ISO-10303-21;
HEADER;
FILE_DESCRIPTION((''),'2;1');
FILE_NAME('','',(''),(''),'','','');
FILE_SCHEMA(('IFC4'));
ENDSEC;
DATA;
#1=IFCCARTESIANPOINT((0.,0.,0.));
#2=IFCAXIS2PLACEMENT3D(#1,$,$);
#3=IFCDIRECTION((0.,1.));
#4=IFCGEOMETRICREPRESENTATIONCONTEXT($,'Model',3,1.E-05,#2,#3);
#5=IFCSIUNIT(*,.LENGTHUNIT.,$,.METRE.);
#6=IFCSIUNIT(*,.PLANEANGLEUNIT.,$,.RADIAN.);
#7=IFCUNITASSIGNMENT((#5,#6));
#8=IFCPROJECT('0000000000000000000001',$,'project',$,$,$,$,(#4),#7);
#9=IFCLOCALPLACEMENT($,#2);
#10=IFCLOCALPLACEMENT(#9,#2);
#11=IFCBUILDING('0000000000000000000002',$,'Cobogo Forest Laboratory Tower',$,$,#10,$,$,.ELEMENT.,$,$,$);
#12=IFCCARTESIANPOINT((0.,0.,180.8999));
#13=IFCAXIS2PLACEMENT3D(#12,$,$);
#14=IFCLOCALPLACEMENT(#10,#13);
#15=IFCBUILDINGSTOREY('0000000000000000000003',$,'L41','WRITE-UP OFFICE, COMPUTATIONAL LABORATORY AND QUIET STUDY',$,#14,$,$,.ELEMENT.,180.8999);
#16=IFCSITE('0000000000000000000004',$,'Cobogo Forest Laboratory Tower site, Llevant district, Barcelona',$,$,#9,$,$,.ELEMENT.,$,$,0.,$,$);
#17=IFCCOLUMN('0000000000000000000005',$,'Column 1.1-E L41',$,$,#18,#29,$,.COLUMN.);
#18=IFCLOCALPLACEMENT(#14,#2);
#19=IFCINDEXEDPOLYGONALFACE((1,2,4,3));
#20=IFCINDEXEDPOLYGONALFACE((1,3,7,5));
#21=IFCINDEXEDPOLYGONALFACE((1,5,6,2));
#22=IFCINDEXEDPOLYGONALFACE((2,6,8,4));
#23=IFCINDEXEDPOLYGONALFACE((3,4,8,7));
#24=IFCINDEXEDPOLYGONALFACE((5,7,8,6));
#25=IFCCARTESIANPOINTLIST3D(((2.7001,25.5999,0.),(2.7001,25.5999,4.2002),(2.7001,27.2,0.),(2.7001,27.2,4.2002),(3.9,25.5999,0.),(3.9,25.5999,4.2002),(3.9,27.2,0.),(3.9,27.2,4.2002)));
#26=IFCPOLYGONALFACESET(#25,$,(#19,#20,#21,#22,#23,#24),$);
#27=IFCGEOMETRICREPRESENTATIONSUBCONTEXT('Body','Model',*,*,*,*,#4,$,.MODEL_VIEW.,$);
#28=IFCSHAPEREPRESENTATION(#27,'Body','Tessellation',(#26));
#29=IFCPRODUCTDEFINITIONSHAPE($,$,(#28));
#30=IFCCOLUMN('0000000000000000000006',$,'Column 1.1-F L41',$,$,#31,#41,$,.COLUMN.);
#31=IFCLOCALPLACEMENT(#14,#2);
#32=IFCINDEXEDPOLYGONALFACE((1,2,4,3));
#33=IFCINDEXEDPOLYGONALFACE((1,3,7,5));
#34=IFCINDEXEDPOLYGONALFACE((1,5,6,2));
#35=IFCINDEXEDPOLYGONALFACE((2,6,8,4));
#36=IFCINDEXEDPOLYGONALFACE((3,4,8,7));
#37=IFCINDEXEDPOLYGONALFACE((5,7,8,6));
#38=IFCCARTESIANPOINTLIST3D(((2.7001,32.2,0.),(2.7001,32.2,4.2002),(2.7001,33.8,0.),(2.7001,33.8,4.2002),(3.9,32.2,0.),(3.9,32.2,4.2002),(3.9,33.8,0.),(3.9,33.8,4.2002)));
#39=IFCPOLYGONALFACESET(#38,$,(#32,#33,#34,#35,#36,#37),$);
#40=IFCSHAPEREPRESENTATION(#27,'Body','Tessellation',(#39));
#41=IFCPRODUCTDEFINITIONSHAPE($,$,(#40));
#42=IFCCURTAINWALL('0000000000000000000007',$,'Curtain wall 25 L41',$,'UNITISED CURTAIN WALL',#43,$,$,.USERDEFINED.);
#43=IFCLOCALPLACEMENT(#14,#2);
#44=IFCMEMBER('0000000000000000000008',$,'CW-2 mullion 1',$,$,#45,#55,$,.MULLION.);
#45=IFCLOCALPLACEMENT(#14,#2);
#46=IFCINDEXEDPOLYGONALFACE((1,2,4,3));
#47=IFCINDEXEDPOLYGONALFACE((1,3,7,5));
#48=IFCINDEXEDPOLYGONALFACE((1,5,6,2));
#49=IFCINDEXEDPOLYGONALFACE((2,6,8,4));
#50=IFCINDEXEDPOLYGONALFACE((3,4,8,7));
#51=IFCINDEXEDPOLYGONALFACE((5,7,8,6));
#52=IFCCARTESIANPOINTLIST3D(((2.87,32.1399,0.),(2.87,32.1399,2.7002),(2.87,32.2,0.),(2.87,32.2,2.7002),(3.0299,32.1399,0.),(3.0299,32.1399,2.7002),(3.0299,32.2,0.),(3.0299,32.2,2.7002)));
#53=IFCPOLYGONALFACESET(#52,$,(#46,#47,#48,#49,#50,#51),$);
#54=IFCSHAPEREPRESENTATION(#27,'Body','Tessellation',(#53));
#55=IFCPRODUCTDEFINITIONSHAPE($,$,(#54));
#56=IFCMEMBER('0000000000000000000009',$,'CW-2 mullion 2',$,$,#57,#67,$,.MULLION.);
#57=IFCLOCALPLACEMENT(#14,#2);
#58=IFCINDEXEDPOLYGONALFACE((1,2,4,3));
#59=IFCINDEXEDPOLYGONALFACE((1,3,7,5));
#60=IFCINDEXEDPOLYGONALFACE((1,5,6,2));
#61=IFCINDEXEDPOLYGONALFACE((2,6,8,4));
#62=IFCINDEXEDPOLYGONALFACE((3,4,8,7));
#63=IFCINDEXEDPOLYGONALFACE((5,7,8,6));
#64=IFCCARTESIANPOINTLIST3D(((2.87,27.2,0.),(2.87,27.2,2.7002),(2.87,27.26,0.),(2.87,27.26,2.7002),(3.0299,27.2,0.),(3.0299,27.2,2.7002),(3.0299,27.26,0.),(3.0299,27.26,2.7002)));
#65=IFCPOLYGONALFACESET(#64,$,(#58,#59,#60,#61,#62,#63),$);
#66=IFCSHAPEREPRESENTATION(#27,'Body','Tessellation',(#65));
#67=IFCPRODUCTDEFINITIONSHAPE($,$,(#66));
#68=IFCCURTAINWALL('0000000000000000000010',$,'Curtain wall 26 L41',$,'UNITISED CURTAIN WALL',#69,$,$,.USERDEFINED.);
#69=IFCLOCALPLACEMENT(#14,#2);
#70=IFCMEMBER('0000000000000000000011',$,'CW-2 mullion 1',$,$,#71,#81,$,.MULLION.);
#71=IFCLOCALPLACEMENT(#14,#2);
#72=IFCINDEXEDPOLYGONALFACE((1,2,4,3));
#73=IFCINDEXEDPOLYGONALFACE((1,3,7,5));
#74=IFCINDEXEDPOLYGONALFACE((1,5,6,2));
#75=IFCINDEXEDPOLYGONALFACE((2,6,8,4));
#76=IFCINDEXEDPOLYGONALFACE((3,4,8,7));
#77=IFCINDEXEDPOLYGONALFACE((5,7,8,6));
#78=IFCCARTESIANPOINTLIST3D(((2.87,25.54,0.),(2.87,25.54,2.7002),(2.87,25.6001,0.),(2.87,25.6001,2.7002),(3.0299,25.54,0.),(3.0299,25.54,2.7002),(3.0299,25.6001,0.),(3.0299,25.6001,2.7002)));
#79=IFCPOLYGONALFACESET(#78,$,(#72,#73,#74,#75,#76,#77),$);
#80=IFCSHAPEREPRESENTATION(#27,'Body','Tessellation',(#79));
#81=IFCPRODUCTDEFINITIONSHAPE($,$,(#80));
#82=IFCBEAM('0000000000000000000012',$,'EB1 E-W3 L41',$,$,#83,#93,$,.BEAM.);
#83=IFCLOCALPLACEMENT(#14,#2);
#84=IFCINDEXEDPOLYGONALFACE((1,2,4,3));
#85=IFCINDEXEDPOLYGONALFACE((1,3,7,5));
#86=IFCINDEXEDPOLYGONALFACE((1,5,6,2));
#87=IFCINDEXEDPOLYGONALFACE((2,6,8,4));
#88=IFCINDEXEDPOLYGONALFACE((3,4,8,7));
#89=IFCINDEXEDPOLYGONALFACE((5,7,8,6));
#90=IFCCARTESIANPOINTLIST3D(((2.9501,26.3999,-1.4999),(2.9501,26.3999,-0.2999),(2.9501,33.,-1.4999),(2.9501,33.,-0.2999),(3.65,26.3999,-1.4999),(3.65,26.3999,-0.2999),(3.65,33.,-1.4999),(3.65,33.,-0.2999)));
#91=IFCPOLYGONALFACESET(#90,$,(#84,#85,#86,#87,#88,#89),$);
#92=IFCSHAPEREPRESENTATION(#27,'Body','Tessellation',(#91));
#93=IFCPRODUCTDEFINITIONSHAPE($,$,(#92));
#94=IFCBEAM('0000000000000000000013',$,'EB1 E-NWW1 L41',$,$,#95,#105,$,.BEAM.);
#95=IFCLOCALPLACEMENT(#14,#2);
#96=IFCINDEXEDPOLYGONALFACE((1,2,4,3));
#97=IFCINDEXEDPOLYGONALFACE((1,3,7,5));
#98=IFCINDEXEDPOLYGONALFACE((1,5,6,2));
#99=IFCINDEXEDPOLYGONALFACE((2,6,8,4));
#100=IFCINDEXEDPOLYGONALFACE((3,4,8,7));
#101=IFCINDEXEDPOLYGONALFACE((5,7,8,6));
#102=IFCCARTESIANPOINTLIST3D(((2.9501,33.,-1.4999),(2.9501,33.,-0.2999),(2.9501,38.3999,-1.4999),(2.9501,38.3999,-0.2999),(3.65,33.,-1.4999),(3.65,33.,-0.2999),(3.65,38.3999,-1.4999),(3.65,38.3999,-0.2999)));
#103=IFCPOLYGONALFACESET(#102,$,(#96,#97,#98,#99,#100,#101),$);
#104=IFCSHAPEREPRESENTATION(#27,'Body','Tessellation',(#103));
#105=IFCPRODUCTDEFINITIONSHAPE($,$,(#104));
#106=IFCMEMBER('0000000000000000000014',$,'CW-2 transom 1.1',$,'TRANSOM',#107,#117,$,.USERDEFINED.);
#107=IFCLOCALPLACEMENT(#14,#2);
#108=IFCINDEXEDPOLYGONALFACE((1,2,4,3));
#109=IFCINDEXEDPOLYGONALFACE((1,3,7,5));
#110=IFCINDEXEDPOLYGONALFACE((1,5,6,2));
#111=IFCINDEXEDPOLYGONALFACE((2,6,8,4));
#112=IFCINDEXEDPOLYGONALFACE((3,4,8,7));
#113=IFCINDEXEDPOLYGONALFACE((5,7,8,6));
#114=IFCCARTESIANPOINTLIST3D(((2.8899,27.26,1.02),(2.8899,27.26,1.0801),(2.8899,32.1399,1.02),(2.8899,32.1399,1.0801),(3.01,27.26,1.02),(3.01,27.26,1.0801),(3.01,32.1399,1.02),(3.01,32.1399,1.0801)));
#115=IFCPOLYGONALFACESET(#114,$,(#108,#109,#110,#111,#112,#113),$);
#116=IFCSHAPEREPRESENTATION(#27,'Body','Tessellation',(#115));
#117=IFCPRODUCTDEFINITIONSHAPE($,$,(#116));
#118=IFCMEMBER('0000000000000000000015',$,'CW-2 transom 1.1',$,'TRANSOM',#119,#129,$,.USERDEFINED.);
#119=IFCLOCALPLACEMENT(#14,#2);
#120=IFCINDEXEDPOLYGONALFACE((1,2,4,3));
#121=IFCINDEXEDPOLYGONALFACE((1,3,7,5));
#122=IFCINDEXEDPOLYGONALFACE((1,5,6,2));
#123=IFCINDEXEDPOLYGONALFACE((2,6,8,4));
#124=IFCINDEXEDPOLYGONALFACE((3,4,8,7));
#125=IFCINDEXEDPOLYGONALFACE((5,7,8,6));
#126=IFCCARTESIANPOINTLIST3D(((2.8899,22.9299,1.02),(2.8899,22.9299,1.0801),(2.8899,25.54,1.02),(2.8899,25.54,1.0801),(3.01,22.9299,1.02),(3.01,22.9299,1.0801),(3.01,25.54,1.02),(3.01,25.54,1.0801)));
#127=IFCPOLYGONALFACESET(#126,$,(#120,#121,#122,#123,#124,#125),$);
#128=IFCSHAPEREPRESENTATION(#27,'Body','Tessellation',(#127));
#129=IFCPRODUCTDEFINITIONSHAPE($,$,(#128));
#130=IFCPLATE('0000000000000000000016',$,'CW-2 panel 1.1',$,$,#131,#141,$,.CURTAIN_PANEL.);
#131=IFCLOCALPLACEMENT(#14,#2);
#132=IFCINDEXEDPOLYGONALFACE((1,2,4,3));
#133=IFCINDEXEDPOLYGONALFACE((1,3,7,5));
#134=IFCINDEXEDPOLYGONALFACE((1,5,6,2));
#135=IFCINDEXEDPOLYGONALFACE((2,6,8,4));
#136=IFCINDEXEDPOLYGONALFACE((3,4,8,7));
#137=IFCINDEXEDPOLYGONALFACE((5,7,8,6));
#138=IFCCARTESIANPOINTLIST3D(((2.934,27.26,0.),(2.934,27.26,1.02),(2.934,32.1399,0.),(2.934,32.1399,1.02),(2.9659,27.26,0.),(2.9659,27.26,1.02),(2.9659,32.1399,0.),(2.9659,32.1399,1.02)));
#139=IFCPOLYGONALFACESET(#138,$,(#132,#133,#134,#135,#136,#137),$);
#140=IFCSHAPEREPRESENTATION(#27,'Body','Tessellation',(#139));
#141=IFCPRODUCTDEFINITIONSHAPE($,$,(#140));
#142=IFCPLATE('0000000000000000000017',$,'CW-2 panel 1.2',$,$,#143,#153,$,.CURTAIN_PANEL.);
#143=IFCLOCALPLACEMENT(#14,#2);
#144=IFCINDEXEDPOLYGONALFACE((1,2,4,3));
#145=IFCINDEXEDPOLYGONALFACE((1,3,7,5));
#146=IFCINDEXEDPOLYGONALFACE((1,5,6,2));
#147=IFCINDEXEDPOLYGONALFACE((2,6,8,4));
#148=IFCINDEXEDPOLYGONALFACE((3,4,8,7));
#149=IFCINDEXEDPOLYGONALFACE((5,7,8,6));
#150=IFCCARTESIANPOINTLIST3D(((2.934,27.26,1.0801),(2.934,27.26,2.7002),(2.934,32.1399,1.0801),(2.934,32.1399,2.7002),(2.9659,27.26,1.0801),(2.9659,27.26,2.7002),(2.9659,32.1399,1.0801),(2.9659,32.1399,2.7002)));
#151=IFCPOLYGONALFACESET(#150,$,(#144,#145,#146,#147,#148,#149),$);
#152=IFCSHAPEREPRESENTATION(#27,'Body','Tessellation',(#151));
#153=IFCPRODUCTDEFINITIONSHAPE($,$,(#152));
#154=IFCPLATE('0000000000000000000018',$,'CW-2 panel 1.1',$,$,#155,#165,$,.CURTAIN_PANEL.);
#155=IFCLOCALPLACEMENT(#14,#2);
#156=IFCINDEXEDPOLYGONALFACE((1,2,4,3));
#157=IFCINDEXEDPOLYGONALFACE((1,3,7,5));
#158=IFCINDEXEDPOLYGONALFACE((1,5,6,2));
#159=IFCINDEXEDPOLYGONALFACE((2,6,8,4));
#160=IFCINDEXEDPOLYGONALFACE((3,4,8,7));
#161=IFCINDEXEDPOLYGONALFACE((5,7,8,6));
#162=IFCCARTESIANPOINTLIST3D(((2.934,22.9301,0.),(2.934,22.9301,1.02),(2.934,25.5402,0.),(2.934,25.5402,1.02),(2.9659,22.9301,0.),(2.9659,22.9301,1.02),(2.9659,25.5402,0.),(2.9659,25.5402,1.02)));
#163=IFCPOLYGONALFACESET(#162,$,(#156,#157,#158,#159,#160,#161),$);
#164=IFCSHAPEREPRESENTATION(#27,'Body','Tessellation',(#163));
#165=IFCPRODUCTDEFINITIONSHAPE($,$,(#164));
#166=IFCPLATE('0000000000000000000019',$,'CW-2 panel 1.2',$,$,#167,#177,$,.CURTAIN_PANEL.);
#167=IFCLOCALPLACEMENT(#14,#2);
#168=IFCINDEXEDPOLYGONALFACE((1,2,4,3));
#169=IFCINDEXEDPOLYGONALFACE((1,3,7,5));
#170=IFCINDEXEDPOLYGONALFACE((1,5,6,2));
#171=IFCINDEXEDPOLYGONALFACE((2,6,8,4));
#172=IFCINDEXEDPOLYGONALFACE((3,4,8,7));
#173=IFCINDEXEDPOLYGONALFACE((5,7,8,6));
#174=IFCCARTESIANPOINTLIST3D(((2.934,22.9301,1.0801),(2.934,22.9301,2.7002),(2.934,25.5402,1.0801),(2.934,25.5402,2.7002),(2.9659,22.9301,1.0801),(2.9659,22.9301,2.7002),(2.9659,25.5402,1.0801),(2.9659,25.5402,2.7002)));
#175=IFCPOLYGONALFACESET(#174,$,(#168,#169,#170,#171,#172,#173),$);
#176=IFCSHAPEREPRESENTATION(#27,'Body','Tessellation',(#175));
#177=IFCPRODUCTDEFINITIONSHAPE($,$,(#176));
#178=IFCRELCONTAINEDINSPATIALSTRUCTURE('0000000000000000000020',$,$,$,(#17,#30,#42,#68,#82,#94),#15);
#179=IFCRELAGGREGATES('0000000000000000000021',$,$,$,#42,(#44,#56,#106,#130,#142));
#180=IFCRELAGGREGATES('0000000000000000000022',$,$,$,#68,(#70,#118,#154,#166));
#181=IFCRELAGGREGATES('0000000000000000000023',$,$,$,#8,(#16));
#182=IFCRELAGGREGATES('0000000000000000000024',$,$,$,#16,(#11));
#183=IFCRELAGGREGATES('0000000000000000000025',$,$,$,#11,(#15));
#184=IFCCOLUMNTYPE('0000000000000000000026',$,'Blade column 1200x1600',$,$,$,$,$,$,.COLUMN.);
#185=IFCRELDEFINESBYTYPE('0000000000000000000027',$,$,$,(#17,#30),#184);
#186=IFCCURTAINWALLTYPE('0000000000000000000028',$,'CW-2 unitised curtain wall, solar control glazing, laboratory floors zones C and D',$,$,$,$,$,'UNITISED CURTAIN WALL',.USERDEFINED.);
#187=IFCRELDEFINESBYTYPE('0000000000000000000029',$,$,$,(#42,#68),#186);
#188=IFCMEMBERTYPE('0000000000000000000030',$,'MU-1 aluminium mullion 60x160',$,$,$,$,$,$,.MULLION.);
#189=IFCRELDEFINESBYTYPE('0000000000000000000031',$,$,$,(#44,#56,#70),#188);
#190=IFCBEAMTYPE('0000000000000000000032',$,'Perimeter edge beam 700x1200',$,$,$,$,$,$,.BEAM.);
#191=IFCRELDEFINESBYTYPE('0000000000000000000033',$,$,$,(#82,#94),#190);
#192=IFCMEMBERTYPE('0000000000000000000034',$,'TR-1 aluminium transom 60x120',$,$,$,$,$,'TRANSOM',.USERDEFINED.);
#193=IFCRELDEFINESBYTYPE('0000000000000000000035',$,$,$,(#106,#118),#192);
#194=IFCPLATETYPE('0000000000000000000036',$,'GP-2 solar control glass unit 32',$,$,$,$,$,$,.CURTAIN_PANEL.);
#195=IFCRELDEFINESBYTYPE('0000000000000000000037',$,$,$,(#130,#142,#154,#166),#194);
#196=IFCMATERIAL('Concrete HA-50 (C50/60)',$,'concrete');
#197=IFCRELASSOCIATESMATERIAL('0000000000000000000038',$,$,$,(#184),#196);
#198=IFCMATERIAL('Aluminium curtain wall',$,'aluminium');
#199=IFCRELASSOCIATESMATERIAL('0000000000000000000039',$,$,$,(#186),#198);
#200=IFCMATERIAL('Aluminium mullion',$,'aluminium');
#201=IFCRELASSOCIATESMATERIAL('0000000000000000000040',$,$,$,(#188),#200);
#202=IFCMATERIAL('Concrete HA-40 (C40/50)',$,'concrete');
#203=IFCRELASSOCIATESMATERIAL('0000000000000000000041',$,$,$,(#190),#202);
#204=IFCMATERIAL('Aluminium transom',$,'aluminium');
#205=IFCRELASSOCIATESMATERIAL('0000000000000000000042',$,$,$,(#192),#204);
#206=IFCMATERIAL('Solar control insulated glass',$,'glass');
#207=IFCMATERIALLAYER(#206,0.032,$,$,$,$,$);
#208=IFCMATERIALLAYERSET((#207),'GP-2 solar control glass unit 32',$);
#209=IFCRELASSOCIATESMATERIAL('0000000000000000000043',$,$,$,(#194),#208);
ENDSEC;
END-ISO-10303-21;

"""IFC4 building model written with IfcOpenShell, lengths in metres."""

from ifc_helpers import new_model, si_unit, direction, frame, origin, origin_2d, place, context, subcontext, project, spatial, rectangle, extrude, material, layer, layer_set, material_profile, profile_set, type_object, element, aggregate, save


model = new_model("IFC4")

# Units and contexts
model_context = context("Model", 3, precision=1e-05, world=origin(), true_north=direction((0.0, 1.0)))
body_context = subcontext(model_context, "Body", "Model", "MODEL_VIEW")
ifc_project = project(units=[si_unit("LENGTHUNIT", "METRE"), si_unit("PLANEANGLEUNIT", "RADIAN")], contexts=[model_context])

# Site, building, storey
site_placement = place(None, origin())
site = spatial("IfcSite", under=ifc_project, at=site_placement, Name="Cobogo Forest Laboratory Tower site, Llevant district, Barcelona", CompositionType="ELEMENT", RefElevation=0.0)
building_placement = place(site_placement, origin())
building = spatial("IfcBuilding", under=site, at=building_placement, Name="Cobogo Forest Laboratory Tower", CompositionType="ELEMENT")
storey_placement = place(building_placement, frame((0.0, 0.0, 180.8999)))
storey = spatial("IfcBuildingStorey", under=building, at=storey_placement, Name="L41", Description="WRITE-UP OFFICE, COMPUTATIONAL LABORATORY AND QUIET STUDY", CompositionType="ELEMENT", Elevation=180.8999)

# Columns
ifc_material_1 = material(Name="Concrete HA-50 (C50/60)", Category="concrete")
ifc_material_profile_1 = material_profile(ifc_material_1, rectangle(XDim=1.6001, YDim=1.2, at=origin_2d()), Name="RC 1200x1600")
ifc_profile_set_1 = profile_set([ifc_material_profile_1], Name="Concrete HA-50 (C50/60)")
column_type = type_object("IfcColumnType", Name="Blade column 1200x1600", PredefinedType="COLUMN", material=ifc_profile_set_1)
for number, where, z_axis, x_axis, name in (
    (1, (3.3, 26.3999, 0.0), (0.0, 0.0, 1.0), (0.0, 1.0, 0.0), "Column 1.1-E L41"),
    (2, (3.3, 33.0, 0.0), (0.0, 0.0, 1.0), (0.0, 1.0, 0.0), "Column 1.1-F L41"),
):
    element("IfcColumn", number, at=place(storey_placement, frame(where, z_axis=z_axis, x_axis=x_axis)), inside=storey, type_object=column_type, Name=name, PredefinedType="COLUMN", context=body_context, shape_type="SweptSolid", body=[
        extrude(rectangle(XDim=1.6001, YDim=1.2, at=origin_2d()), origin(), (0.0, 0.0, 1.0), 4.2002),
    ])

# Curtain wall, members
ifc_material_2 = material(Name="Aluminium curtain wall", Category="aluminium")
curtain_wall_type = type_object("IfcCurtainWallType", Name="CW-2 unitised curtain wall, solar control glazing, laboratory floors zones C and D", ElementType="UNITISED CURTAIN WALL", PredefinedType="USERDEFINED", material=ifc_material_2)
curtain_wall_1_placement = place(storey_placement, origin())
curtain_wall_1 = element("IfcCurtainWall", 3, at=curtain_wall_1_placement, inside=storey, type_object=curtain_wall_type, Name="Curtain wall 25 L41", ObjectType="UNITISED CURTAIN WALL", PredefinedType="USERDEFINED")
ifc_material_3 = material(Name="Aluminium mullion", Category="aluminium")
ifc_material_profile_2 = material_profile(ifc_material_3, rectangle(XDim=0.0601, YDim=0.1599, at=origin_2d()), Name="AL 60x160")
ifc_profile_set_2 = profile_set([ifc_material_profile_2], Name="Aluminium mullion")
member_type_1 = type_object("IfcMemberType", Name="MU-1 aluminium mullion 60x160", PredefinedType="MULLION", material=ifc_profile_set_2)
member_1_placement = place(storey_placement, frame((2.95, 32.1699, 0.0), z_axis=(0.0, 0.0, 1.0), x_axis=(0.0, -1.0, 0.0)))
member_1 = element("IfcMember", 4, at=member_1_placement, type_object=member_type_1, Name="CW-2 mullion 1", PredefinedType="MULLION", context=body_context, shape_type="SweptSolid", body=[
    extrude(rectangle(XDim=0.0601, YDim=0.1599, at=origin_2d()), origin(), (0.0, 0.0, 1.0), 2.7002),
])
member_2_placement = place(storey_placement, frame((2.95, 27.23, 0.0), z_axis=(0.0, 0.0, 1.0), x_axis=(0.0, -1.0, 0.0)))
member_2 = element("IfcMember", 5, at=member_2_placement, type_object=member_type_1, Name="CW-2 mullion 2", PredefinedType="MULLION", context=body_context, shape_type="SweptSolid", body=[
    extrude(rectangle(XDim=0.0601, YDim=0.1599, at=origin_2d()), origin(), (0.0, 0.0, 1.0), 2.7002),
])

# Curtain wall, member
curtain_wall_2_placement = place(storey_placement, origin())
curtain_wall_2 = element("IfcCurtainWall", 6, at=curtain_wall_2_placement, inside=storey, type_object=curtain_wall_type, Name="Curtain wall 26 L41", ObjectType="UNITISED CURTAIN WALL", PredefinedType="USERDEFINED")
member_3_placement = place(storey_placement, frame((2.95, 25.5701, 0.0), z_axis=(0.0, 0.0, 1.0), x_axis=(0.0, -1.0, 0.0)))
member_3 = element("IfcMember", 7, at=member_3_placement, type_object=member_type_1, Name="CW-2 mullion 1", PredefinedType="MULLION", context=body_context, shape_type="SweptSolid", body=[
    extrude(rectangle(XDim=0.0601, YDim=0.1599, at=origin_2d()), origin(), (0.0, 0.0, 1.0), 2.7002),
])

# Beams
ifc_material_4 = material(Name="Concrete HA-40 (C40/50)", Category="concrete")
ifc_material_profile_3 = material_profile(ifc_material_4, rectangle(XDim=0.7, YDim=1.2, at=origin_2d()), Name="RC 700x1200")
ifc_profile_set_3 = profile_set([ifc_material_profile_3], Name="Concrete HA-40 (C40/50)")
beam_type = type_object("IfcBeamType", Name="Perimeter edge beam 700x1200", PredefinedType="BEAM", material=ifc_profile_set_3)
beam_1_placement = place(storey_placement, frame((3.3, 26.3999, -0.8999), z_axis=(0.0, 1.0, 0.0), x_axis=(-1.0, 0.0, 0.0)))
element("IfcBeam", 8, at=beam_1_placement, inside=storey, type_object=beam_type, Name="EB1 E-W3 L41", PredefinedType="BEAM", context=body_context, shape_type="SweptSolid", body=[
    extrude(rectangle(XDim=0.7, YDim=1.2, at=origin_2d()), origin(), (0.0, 0.0, 1.0), 6.6001),
])
beam_2_placement = place(storey_placement, frame((3.3, 33.0, -0.8999), z_axis=(0.0, 1.0, 0.0), x_axis=(-1.0, 0.0, 0.0)))
element("IfcBeam", 9, at=beam_2_placement, inside=storey, type_object=beam_type, Name="EB1 E-NWW1 L41", PredefinedType="BEAM", context=body_context, shape_type="SweptSolid", body=[
    extrude(rectangle(XDim=0.7, YDim=1.2, at=origin_2d()), origin(), (0.0, 0.0, 1.0), 5.3999),
])

# Members
ifc_material_5 = material(Name="Aluminium transom", Category="aluminium")
ifc_material_profile_4 = material_profile(ifc_material_5, rectangle(XDim=0.1201, YDim=0.0601, at=origin_2d()), Name="AL 60x120")
ifc_profile_set_4 = profile_set([ifc_material_profile_4], Name="Aluminium transom")
member_type_2 = type_object("IfcMemberType", Name="TR-1 aluminium transom 60x120", ElementType="TRANSOM", PredefinedType="USERDEFINED", material=ifc_profile_set_4)
member_4_placement = place(storey_placement, frame((2.95, 32.1399, 1.05), z_axis=(0.0, -1.0, 0.0), x_axis=(1.0, 0.0, 0.0)))
member_4 = element("IfcMember", 10, at=member_4_placement, type_object=member_type_2, Name="CW-2 transom 1.1", ObjectType="TRANSOM", PredefinedType="USERDEFINED", context=body_context, shape_type="SweptSolid", body=[
    extrude(rectangle(XDim=0.1201, YDim=0.0601, at=origin_2d()), origin(), (0.0, 0.0, 1.0), 4.8799),
])
member_5_placement = place(storey_placement, frame((2.95, 25.54, 1.05), z_axis=(0.0, -1.0, 0.0), x_axis=(1.0, 0.0, 0.0)))
member_5 = element("IfcMember", 11, at=member_5_placement, type_object=member_type_2, Name="CW-2 transom 1.1", ObjectType="TRANSOM", PredefinedType="USERDEFINED", context=body_context, shape_type="SweptSolid", body=[
    extrude(rectangle(XDim=0.1201, YDim=0.0601, at=origin_2d()), origin(), (0.0, 0.0, 1.0), 2.6101),
])

# Plates
ifc_material_6 = material(Name="Solar control insulated glass", Category="glass")
ifc_layer = layer(ifc_material_6, 0.032)
ifc_layer_set = layer_set([ifc_layer], Name="GP-2 solar control glass unit 32")
plate_type_1 = type_object("IfcPlateType", Name="GP-2 solar control glass unit 32", PredefinedType="CURTAIN_PANEL", material=ifc_layer_set)
plate_1_placement = place(storey_placement, frame((2.95, 29.7, 0.0), z_axis=(0.0, 0.0, 1.0), x_axis=(0.0, -1.0, 0.0)))
plate_1 = element("IfcPlate", 12, at=plate_1_placement, type_object=plate_type_1, Name="CW-2 panel 1.1", PredefinedType="CURTAIN_PANEL", context=body_context, shape_type="SweptSolid", body=[
    extrude(rectangle(XDim=4.8799, YDim=0.032, at=origin_2d()), origin(), (0.0, 0.0, 1.0), 1.02),
])
plate_2_placement = place(storey_placement, frame((2.95, 29.7, 1.0801), z_axis=(0.0, 0.0, 1.0), x_axis=(0.0, -1.0, 0.0)))
plate_2 = element("IfcPlate", 13, at=plate_2_placement, type_object=plate_type_1, Name="CW-2 panel 1.2", PredefinedType="CURTAIN_PANEL", context=body_context, shape_type="SweptSolid", body=[
    extrude(rectangle(XDim=4.8799, YDim=0.032, at=origin_2d()), origin(), (0.0, 0.0, 1.0), 1.6201),
])
aggregate(curtain_wall_1, [member_1, member_2, member_4, plate_1, plate_2])
plate_3_placement = place(storey_placement, frame((2.95, 24.2351, 0.0), z_axis=(0.0, 0.0, 1.0), x_axis=(0.0, -1.0, 0.0)))
plate_3 = element("IfcPlate", 14, at=plate_3_placement, type_object=plate_type_1, Name="CW-2 panel 1.1", PredefinedType="CURTAIN_PANEL", context=body_context, shape_type="SweptSolid", body=[
    extrude(rectangle(XDim=2.6101, YDim=0.032, at=origin_2d()), origin(), (0.0, 0.0, 1.0), 1.02),
])
plate_4_placement = place(storey_placement, frame((2.95, 24.2351, 1.0801), z_axis=(0.0, 0.0, 1.0), x_axis=(0.0, -1.0, 0.0)))
plate_4 = element("IfcPlate", 15, at=plate_4_placement, type_object=plate_type_1, Name="CW-2 panel 1.2", PredefinedType="CURTAIN_PANEL", context=body_context, shape_type="SweptSolid", body=[
    extrude(rectangle(XDim=2.6101, YDim=0.032, at=origin_2d()), origin(), (0.0, 0.0, 1.0), 1.6201),
])
aggregate(curtain_wall_2, [member_3, member_5, plate_3, plate_4])

save(model, "model.ifc")
